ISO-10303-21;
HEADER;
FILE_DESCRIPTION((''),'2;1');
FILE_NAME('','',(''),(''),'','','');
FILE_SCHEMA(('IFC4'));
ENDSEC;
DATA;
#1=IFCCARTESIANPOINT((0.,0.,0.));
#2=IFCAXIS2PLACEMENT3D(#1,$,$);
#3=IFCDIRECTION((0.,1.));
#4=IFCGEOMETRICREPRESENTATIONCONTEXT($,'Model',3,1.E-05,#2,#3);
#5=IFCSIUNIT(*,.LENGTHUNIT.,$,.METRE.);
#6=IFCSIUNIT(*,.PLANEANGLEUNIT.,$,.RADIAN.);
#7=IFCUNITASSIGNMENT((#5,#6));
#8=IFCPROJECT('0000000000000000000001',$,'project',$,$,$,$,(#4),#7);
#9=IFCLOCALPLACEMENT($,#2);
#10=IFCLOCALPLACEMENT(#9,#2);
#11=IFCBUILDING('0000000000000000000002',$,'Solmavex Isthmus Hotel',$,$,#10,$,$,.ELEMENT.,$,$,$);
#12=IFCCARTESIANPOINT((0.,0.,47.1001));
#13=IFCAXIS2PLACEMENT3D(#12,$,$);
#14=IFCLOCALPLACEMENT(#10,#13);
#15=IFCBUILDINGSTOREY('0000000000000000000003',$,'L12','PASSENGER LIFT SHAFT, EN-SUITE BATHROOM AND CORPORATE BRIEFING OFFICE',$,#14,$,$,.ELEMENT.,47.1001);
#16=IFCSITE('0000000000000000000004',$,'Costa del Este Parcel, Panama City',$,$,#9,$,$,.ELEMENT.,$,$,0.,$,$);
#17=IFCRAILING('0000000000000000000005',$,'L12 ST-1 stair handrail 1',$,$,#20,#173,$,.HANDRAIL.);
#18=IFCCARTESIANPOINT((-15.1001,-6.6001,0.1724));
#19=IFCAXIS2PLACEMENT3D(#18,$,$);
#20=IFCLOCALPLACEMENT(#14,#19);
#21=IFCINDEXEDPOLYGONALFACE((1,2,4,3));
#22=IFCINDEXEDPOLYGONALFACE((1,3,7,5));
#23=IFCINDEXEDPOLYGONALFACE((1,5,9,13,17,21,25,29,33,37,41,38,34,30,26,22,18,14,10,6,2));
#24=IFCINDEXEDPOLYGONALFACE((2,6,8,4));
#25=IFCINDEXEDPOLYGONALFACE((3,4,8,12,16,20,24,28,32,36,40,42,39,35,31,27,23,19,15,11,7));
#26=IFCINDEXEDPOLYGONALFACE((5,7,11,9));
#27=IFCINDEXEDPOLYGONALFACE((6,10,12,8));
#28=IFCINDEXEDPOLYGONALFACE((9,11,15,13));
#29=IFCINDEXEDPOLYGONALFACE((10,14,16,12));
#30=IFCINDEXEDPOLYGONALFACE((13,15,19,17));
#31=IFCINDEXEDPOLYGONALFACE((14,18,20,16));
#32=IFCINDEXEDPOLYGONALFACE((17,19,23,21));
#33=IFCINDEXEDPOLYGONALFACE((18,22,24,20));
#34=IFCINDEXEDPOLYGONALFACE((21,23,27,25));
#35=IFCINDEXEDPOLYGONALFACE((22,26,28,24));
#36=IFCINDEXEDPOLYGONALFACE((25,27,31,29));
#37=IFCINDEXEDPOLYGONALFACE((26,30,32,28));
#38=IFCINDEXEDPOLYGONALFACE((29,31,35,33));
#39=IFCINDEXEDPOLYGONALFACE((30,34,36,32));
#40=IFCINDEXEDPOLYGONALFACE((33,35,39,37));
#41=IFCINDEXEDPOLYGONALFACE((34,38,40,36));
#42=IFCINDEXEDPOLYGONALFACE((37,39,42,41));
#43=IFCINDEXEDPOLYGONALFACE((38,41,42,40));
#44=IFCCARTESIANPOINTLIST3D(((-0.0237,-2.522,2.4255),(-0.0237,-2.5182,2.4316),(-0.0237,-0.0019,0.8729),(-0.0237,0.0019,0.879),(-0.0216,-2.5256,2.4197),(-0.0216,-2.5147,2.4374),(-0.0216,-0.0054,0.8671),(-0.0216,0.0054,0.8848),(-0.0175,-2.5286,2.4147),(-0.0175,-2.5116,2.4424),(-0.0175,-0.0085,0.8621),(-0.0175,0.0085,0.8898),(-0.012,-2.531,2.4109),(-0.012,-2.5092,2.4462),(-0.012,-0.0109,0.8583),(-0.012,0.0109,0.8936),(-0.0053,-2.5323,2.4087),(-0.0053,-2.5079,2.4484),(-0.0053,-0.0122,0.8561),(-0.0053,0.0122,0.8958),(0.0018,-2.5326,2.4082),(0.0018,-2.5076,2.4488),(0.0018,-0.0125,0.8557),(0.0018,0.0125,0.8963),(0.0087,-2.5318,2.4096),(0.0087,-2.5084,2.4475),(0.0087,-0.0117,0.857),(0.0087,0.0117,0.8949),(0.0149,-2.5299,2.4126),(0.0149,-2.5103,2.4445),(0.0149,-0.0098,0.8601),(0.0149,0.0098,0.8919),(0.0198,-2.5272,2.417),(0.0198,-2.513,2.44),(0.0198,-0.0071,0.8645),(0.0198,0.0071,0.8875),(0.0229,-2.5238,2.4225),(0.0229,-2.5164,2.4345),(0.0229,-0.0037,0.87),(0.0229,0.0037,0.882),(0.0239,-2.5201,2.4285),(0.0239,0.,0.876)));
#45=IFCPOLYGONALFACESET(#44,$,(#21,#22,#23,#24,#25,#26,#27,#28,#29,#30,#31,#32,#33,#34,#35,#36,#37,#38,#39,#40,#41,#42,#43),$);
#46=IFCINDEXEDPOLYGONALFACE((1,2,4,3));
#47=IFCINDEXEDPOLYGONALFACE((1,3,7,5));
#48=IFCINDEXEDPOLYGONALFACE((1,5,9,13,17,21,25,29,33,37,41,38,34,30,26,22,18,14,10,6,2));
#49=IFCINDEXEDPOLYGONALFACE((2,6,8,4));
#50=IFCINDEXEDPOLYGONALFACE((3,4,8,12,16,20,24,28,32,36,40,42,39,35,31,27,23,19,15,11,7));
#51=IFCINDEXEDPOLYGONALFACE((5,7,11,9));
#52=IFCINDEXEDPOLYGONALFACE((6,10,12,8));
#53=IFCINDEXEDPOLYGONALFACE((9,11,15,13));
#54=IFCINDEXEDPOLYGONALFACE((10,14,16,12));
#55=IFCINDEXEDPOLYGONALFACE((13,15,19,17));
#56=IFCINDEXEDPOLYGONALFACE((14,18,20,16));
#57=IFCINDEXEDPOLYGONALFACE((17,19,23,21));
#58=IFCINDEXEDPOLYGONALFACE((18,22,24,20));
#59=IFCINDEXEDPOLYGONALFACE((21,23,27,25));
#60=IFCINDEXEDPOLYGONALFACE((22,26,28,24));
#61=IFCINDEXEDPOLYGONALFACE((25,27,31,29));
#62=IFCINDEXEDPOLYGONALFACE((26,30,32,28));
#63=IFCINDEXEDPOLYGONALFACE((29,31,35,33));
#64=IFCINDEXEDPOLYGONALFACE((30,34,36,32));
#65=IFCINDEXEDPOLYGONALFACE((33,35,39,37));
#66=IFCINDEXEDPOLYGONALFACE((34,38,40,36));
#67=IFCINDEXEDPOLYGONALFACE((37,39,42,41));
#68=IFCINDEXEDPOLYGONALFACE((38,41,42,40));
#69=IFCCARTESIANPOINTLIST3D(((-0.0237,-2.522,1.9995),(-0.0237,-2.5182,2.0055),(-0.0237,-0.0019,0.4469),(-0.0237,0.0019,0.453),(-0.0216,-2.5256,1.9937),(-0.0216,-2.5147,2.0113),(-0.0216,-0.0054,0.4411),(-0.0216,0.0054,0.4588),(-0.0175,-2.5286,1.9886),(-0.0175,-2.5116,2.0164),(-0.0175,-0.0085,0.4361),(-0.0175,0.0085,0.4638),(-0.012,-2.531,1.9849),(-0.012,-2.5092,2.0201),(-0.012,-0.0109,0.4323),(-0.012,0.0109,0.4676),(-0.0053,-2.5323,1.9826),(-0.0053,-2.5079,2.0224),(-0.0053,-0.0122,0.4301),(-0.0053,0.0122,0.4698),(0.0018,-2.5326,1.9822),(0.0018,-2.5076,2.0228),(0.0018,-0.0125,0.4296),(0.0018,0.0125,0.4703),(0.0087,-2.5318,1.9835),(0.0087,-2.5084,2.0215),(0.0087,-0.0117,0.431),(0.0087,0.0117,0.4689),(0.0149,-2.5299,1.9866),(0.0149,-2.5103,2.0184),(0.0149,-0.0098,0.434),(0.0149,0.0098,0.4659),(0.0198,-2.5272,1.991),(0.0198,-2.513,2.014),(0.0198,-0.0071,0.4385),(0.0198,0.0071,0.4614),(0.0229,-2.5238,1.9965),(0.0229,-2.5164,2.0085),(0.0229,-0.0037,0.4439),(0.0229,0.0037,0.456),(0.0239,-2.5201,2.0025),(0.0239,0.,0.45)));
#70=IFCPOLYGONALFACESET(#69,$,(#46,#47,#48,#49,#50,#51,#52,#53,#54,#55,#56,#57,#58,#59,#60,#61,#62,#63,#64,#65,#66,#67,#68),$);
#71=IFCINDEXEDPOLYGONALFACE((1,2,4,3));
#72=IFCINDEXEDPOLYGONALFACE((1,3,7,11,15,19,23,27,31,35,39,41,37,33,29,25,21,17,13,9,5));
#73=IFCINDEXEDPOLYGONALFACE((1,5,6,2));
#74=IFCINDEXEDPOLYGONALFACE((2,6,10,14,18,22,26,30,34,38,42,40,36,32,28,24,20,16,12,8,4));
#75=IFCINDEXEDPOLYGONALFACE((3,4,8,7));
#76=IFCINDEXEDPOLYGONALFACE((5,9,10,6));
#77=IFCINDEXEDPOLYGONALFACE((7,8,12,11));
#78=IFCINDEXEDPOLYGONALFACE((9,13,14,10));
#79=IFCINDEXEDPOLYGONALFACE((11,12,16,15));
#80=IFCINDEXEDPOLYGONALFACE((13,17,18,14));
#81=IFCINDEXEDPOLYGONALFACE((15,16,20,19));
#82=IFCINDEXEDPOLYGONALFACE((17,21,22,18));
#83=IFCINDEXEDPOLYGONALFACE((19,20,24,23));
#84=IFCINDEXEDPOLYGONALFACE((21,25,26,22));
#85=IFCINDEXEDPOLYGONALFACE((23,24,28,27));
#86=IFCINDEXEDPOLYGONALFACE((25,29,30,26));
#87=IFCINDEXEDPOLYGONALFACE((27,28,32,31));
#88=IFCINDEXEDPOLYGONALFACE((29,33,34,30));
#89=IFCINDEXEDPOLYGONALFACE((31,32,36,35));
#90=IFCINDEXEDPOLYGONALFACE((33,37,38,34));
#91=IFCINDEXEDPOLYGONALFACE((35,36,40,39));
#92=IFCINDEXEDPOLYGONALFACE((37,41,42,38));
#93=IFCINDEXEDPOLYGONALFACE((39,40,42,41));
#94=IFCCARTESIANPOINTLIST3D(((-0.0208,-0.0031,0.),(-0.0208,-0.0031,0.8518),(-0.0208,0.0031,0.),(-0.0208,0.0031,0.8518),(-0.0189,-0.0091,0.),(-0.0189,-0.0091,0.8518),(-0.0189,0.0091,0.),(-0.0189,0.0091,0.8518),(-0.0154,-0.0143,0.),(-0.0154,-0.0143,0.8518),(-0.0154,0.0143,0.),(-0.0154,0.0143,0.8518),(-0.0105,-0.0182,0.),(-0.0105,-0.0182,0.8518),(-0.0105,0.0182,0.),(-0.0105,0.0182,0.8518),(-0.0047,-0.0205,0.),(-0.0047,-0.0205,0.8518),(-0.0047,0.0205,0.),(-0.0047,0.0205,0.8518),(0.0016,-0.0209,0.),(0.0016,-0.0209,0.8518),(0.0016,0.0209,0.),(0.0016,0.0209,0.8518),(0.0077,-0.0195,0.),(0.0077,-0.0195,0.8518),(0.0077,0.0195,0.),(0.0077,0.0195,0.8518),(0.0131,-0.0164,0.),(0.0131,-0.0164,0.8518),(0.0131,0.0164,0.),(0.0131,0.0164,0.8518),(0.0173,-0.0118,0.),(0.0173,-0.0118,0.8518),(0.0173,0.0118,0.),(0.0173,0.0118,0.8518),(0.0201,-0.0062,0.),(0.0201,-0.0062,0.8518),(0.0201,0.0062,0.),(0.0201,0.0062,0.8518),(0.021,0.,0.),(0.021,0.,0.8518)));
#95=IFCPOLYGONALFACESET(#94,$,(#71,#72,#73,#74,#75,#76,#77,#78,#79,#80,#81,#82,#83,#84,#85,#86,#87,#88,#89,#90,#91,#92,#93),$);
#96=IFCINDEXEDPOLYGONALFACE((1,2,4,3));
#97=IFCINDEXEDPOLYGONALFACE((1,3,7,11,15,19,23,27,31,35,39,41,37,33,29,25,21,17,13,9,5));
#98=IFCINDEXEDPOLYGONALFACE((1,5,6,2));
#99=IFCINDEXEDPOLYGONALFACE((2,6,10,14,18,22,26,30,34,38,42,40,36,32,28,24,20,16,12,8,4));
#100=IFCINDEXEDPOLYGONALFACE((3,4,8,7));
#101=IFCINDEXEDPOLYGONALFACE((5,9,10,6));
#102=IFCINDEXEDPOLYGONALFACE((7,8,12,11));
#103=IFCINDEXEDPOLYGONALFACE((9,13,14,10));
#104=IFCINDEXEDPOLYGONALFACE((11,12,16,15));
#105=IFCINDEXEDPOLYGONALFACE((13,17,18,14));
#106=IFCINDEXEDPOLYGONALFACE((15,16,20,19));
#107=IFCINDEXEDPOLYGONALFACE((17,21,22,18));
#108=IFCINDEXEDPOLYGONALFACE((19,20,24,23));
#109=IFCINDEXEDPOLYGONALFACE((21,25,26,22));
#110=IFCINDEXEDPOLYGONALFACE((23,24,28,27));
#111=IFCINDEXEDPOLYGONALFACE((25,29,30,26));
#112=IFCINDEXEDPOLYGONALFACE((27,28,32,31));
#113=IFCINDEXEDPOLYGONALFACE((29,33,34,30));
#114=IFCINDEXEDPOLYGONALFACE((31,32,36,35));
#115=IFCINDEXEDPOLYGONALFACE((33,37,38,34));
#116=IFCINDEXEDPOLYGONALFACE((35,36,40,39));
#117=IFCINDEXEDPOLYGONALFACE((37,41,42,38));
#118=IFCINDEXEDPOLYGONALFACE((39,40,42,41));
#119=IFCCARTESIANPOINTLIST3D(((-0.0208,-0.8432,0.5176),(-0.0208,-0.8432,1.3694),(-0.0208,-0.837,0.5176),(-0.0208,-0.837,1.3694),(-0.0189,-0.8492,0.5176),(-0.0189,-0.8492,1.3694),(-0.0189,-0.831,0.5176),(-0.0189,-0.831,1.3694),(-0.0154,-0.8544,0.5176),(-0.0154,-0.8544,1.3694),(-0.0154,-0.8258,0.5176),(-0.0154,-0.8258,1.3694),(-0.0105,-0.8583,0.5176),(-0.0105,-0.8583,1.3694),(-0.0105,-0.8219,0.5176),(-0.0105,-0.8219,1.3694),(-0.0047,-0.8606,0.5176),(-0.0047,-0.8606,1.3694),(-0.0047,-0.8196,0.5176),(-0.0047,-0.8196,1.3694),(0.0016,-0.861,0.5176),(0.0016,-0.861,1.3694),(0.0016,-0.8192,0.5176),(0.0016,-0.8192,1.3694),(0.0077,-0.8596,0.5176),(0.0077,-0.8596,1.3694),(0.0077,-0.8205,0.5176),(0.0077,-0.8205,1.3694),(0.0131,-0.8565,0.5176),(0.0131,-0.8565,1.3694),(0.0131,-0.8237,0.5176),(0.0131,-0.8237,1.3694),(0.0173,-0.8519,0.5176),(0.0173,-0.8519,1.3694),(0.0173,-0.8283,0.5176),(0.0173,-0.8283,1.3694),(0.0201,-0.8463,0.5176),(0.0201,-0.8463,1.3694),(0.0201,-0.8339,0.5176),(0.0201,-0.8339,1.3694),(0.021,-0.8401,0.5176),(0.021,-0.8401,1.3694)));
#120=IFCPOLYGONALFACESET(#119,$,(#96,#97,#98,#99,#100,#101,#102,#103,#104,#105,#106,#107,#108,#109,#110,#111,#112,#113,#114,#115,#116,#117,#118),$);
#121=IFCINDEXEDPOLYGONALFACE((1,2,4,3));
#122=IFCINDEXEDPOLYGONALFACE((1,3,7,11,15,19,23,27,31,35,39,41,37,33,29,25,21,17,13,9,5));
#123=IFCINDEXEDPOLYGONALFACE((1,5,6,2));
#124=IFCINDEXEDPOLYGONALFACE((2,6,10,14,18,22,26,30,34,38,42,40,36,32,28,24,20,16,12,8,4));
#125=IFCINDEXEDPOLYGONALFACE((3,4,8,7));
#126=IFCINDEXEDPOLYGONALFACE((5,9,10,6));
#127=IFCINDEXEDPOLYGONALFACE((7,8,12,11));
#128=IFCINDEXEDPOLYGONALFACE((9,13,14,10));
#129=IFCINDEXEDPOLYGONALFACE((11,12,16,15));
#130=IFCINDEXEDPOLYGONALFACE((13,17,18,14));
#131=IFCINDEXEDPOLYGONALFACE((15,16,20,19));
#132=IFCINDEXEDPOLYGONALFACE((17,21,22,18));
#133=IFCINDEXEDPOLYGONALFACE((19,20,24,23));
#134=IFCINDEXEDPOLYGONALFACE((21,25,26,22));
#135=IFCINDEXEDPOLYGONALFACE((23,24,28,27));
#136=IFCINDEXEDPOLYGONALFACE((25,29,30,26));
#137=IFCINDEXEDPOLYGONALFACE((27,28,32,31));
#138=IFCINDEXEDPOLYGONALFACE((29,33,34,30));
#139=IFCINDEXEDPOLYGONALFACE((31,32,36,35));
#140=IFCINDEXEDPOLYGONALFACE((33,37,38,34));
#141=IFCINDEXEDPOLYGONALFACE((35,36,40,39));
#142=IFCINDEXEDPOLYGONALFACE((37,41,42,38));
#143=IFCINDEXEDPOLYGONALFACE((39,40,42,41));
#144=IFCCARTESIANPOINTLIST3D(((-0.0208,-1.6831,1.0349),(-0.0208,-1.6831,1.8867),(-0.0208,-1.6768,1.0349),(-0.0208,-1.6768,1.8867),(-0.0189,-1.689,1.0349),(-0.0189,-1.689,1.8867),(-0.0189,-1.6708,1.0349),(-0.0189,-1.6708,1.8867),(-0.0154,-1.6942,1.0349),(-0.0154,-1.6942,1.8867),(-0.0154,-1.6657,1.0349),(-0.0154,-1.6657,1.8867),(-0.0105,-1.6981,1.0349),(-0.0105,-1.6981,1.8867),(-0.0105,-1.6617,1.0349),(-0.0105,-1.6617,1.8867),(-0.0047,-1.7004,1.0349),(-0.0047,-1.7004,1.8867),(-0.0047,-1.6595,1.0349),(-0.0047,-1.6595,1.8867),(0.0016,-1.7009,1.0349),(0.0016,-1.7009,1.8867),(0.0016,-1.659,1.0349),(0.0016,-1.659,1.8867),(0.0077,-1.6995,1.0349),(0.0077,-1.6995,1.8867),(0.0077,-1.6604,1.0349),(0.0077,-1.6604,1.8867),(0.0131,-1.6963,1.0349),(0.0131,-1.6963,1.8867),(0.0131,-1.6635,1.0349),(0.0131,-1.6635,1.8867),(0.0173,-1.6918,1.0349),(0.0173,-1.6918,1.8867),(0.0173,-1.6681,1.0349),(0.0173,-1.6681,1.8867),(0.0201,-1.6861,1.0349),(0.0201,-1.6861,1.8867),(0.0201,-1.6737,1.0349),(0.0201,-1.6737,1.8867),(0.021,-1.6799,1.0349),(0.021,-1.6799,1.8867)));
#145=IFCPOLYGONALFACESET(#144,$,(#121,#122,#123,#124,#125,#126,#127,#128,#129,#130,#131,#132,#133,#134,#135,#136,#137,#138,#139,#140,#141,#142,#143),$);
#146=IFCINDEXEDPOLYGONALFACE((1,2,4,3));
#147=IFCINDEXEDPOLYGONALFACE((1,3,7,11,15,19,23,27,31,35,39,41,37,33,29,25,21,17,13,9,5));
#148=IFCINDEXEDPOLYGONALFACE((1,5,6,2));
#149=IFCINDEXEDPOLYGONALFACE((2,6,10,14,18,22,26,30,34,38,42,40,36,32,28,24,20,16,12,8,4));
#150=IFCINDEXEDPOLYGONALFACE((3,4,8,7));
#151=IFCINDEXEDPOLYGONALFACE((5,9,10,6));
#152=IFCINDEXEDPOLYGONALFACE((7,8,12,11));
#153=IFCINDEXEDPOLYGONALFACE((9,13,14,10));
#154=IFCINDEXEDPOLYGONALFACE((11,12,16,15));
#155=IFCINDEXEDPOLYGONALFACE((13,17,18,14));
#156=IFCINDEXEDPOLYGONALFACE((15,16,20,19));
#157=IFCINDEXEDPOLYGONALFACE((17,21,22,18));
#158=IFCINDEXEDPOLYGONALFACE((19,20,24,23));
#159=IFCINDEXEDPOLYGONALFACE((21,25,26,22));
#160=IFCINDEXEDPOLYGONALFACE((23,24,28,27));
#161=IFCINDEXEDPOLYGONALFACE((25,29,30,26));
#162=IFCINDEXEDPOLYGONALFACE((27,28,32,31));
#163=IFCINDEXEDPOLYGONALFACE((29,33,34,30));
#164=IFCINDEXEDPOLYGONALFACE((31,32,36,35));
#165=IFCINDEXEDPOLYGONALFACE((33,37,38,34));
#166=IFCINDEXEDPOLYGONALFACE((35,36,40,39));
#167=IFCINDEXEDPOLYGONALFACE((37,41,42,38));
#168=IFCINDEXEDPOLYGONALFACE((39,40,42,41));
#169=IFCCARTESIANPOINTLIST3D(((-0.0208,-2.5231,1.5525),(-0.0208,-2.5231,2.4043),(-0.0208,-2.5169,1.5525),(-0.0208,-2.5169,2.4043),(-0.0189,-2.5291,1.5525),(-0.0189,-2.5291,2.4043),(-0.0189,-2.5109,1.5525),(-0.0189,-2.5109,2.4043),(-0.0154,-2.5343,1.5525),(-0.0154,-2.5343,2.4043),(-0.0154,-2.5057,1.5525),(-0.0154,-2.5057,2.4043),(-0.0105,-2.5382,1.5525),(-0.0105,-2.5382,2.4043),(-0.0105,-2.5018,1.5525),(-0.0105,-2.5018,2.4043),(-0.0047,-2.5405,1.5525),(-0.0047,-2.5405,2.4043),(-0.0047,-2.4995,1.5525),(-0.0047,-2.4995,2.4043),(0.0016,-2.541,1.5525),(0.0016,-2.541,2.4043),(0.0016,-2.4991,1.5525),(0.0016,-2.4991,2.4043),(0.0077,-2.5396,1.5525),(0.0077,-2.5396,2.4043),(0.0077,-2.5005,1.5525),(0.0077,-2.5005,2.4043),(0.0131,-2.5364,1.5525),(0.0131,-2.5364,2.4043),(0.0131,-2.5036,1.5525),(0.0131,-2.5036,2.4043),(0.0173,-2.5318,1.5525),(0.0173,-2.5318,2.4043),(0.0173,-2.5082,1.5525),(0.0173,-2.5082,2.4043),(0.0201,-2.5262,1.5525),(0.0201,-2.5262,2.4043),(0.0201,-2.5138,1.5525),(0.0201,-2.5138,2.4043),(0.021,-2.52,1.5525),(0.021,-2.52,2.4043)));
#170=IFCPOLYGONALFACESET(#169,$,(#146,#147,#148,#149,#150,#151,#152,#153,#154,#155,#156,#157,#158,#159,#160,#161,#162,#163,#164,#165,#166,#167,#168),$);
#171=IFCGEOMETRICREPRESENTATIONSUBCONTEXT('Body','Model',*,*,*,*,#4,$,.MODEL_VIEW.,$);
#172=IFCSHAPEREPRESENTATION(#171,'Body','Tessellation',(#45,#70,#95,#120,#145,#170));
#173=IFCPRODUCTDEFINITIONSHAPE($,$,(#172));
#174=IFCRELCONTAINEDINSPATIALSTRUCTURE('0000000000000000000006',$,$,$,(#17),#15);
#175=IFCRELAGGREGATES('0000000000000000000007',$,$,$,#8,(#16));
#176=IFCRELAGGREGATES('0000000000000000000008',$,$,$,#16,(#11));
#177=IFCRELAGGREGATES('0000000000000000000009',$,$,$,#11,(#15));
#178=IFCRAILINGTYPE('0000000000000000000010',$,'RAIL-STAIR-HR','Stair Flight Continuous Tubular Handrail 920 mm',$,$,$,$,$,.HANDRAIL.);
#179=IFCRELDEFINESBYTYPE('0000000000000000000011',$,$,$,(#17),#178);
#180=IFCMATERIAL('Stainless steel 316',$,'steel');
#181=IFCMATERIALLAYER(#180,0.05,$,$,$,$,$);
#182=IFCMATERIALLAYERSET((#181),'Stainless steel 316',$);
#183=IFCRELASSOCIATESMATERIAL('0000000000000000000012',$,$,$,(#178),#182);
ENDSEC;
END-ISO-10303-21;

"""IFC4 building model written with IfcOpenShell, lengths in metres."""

from ifc_helpers import new_model, si_unit, direction, frame, origin, origin_2d, place, context, subcontext, project, spatial, circle, extrude, material, layer, layer_set, type_object, element, save


model = new_model("IFC4")

# Units and contexts
model_context = context("Model", 3, precision=1e-05, world=origin(), true_north=direction((0.0, 1.0)))
body_context = subcontext(model_context, "Body", "Model", "MODEL_VIEW")
ifc_project = project(units=[si_unit("LENGTHUNIT", "METRE"), si_unit("PLANEANGLEUNIT", "RADIAN")], contexts=[model_context])

# Site, building, storey
site_placement = place(None, origin())
site = spatial("IfcSite", under=ifc_project, at=site_placement, Name="Costa del Este Parcel, Panama City", CompositionType="ELEMENT", RefElevation=0.0)
building_placement = place(site_placement, origin())
building = spatial("IfcBuilding", under=site, at=building_placement, Name="Solmavex Isthmus Hotel", CompositionType="ELEMENT")
storey_placement = place(building_placement, frame((0.0, 0.0, 47.1001)))
storey = spatial("IfcBuildingStorey", under=building, at=storey_placement, Name="L12", Description="PASSENGER LIFT SHAFT, EN-SUITE BATHROOM AND CORPORATE BRIEFING OFFICE", CompositionType="ELEMENT", Elevation=47.1001)

# Railing
ifc_material_1 = material(Name="Stainless steel 316", Category="steel")
ifc_layer_1 = layer(ifc_material_1, 0.05)
ifc_layer_set_1 = layer_set([ifc_layer_1], Name="Stainless steel 316")
railing_type = type_object("IfcRailingType", Name="RAIL-STAIR-HR", Description="Stair Flight Continuous Tubular Handrail 920 mm", PredefinedType="HANDRAIL", material=ifc_layer_set_1)
railing_placement = place(storey_placement, frame((-15.1001, -6.6001, 0.1724)))
element("IfcRailing", 1, at=railing_placement, inside=storey, type_object=railing_type, Name="L12 ST-1 stair handrail 1", PredefinedType="HANDRAIL", context=body_context, shape_type="SweptSolid", body=[
    extrude(circle(Radius=0.0239, at=origin_2d()), frame((0.0, 0.0, 0.876), z_axis=(0.0, -0.8514, 0.524516), x_axis=(1.0, 0.0, 0.0)), (0.0, 0.0, 1.0), 2.96),
    extrude(circle(Radius=0.0239, at=origin_2d()), frame((0.0, 0.0, 0.45), z_axis=(0.0, -0.8514, 0.524516), x_axis=(1.0, 0.0, 0.0)), (0.0, 0.0, 1.0), 2.96),
    extrude(circle(Radius=0.021, at=origin_2d()), origin(), (0.0, 0.0, 1.0), 0.8518),
    extrude(circle(Radius=0.021, at=origin_2d()), frame((0.0, -0.8401, 0.5176)), (0.0, 0.0, 1.0), 0.8518),
    extrude(circle(Radius=0.021, at=origin_2d()), frame((0.0, -1.6799, 1.0349)), (0.0, 0.0, 1.0), 0.8518),
    extrude(circle(Radius=0.021, at=origin_2d()), frame((0.0, -2.52, 1.5525)), (0.0, 0.0, 1.0), 0.8518),
])

save(model, "model.ifc")
